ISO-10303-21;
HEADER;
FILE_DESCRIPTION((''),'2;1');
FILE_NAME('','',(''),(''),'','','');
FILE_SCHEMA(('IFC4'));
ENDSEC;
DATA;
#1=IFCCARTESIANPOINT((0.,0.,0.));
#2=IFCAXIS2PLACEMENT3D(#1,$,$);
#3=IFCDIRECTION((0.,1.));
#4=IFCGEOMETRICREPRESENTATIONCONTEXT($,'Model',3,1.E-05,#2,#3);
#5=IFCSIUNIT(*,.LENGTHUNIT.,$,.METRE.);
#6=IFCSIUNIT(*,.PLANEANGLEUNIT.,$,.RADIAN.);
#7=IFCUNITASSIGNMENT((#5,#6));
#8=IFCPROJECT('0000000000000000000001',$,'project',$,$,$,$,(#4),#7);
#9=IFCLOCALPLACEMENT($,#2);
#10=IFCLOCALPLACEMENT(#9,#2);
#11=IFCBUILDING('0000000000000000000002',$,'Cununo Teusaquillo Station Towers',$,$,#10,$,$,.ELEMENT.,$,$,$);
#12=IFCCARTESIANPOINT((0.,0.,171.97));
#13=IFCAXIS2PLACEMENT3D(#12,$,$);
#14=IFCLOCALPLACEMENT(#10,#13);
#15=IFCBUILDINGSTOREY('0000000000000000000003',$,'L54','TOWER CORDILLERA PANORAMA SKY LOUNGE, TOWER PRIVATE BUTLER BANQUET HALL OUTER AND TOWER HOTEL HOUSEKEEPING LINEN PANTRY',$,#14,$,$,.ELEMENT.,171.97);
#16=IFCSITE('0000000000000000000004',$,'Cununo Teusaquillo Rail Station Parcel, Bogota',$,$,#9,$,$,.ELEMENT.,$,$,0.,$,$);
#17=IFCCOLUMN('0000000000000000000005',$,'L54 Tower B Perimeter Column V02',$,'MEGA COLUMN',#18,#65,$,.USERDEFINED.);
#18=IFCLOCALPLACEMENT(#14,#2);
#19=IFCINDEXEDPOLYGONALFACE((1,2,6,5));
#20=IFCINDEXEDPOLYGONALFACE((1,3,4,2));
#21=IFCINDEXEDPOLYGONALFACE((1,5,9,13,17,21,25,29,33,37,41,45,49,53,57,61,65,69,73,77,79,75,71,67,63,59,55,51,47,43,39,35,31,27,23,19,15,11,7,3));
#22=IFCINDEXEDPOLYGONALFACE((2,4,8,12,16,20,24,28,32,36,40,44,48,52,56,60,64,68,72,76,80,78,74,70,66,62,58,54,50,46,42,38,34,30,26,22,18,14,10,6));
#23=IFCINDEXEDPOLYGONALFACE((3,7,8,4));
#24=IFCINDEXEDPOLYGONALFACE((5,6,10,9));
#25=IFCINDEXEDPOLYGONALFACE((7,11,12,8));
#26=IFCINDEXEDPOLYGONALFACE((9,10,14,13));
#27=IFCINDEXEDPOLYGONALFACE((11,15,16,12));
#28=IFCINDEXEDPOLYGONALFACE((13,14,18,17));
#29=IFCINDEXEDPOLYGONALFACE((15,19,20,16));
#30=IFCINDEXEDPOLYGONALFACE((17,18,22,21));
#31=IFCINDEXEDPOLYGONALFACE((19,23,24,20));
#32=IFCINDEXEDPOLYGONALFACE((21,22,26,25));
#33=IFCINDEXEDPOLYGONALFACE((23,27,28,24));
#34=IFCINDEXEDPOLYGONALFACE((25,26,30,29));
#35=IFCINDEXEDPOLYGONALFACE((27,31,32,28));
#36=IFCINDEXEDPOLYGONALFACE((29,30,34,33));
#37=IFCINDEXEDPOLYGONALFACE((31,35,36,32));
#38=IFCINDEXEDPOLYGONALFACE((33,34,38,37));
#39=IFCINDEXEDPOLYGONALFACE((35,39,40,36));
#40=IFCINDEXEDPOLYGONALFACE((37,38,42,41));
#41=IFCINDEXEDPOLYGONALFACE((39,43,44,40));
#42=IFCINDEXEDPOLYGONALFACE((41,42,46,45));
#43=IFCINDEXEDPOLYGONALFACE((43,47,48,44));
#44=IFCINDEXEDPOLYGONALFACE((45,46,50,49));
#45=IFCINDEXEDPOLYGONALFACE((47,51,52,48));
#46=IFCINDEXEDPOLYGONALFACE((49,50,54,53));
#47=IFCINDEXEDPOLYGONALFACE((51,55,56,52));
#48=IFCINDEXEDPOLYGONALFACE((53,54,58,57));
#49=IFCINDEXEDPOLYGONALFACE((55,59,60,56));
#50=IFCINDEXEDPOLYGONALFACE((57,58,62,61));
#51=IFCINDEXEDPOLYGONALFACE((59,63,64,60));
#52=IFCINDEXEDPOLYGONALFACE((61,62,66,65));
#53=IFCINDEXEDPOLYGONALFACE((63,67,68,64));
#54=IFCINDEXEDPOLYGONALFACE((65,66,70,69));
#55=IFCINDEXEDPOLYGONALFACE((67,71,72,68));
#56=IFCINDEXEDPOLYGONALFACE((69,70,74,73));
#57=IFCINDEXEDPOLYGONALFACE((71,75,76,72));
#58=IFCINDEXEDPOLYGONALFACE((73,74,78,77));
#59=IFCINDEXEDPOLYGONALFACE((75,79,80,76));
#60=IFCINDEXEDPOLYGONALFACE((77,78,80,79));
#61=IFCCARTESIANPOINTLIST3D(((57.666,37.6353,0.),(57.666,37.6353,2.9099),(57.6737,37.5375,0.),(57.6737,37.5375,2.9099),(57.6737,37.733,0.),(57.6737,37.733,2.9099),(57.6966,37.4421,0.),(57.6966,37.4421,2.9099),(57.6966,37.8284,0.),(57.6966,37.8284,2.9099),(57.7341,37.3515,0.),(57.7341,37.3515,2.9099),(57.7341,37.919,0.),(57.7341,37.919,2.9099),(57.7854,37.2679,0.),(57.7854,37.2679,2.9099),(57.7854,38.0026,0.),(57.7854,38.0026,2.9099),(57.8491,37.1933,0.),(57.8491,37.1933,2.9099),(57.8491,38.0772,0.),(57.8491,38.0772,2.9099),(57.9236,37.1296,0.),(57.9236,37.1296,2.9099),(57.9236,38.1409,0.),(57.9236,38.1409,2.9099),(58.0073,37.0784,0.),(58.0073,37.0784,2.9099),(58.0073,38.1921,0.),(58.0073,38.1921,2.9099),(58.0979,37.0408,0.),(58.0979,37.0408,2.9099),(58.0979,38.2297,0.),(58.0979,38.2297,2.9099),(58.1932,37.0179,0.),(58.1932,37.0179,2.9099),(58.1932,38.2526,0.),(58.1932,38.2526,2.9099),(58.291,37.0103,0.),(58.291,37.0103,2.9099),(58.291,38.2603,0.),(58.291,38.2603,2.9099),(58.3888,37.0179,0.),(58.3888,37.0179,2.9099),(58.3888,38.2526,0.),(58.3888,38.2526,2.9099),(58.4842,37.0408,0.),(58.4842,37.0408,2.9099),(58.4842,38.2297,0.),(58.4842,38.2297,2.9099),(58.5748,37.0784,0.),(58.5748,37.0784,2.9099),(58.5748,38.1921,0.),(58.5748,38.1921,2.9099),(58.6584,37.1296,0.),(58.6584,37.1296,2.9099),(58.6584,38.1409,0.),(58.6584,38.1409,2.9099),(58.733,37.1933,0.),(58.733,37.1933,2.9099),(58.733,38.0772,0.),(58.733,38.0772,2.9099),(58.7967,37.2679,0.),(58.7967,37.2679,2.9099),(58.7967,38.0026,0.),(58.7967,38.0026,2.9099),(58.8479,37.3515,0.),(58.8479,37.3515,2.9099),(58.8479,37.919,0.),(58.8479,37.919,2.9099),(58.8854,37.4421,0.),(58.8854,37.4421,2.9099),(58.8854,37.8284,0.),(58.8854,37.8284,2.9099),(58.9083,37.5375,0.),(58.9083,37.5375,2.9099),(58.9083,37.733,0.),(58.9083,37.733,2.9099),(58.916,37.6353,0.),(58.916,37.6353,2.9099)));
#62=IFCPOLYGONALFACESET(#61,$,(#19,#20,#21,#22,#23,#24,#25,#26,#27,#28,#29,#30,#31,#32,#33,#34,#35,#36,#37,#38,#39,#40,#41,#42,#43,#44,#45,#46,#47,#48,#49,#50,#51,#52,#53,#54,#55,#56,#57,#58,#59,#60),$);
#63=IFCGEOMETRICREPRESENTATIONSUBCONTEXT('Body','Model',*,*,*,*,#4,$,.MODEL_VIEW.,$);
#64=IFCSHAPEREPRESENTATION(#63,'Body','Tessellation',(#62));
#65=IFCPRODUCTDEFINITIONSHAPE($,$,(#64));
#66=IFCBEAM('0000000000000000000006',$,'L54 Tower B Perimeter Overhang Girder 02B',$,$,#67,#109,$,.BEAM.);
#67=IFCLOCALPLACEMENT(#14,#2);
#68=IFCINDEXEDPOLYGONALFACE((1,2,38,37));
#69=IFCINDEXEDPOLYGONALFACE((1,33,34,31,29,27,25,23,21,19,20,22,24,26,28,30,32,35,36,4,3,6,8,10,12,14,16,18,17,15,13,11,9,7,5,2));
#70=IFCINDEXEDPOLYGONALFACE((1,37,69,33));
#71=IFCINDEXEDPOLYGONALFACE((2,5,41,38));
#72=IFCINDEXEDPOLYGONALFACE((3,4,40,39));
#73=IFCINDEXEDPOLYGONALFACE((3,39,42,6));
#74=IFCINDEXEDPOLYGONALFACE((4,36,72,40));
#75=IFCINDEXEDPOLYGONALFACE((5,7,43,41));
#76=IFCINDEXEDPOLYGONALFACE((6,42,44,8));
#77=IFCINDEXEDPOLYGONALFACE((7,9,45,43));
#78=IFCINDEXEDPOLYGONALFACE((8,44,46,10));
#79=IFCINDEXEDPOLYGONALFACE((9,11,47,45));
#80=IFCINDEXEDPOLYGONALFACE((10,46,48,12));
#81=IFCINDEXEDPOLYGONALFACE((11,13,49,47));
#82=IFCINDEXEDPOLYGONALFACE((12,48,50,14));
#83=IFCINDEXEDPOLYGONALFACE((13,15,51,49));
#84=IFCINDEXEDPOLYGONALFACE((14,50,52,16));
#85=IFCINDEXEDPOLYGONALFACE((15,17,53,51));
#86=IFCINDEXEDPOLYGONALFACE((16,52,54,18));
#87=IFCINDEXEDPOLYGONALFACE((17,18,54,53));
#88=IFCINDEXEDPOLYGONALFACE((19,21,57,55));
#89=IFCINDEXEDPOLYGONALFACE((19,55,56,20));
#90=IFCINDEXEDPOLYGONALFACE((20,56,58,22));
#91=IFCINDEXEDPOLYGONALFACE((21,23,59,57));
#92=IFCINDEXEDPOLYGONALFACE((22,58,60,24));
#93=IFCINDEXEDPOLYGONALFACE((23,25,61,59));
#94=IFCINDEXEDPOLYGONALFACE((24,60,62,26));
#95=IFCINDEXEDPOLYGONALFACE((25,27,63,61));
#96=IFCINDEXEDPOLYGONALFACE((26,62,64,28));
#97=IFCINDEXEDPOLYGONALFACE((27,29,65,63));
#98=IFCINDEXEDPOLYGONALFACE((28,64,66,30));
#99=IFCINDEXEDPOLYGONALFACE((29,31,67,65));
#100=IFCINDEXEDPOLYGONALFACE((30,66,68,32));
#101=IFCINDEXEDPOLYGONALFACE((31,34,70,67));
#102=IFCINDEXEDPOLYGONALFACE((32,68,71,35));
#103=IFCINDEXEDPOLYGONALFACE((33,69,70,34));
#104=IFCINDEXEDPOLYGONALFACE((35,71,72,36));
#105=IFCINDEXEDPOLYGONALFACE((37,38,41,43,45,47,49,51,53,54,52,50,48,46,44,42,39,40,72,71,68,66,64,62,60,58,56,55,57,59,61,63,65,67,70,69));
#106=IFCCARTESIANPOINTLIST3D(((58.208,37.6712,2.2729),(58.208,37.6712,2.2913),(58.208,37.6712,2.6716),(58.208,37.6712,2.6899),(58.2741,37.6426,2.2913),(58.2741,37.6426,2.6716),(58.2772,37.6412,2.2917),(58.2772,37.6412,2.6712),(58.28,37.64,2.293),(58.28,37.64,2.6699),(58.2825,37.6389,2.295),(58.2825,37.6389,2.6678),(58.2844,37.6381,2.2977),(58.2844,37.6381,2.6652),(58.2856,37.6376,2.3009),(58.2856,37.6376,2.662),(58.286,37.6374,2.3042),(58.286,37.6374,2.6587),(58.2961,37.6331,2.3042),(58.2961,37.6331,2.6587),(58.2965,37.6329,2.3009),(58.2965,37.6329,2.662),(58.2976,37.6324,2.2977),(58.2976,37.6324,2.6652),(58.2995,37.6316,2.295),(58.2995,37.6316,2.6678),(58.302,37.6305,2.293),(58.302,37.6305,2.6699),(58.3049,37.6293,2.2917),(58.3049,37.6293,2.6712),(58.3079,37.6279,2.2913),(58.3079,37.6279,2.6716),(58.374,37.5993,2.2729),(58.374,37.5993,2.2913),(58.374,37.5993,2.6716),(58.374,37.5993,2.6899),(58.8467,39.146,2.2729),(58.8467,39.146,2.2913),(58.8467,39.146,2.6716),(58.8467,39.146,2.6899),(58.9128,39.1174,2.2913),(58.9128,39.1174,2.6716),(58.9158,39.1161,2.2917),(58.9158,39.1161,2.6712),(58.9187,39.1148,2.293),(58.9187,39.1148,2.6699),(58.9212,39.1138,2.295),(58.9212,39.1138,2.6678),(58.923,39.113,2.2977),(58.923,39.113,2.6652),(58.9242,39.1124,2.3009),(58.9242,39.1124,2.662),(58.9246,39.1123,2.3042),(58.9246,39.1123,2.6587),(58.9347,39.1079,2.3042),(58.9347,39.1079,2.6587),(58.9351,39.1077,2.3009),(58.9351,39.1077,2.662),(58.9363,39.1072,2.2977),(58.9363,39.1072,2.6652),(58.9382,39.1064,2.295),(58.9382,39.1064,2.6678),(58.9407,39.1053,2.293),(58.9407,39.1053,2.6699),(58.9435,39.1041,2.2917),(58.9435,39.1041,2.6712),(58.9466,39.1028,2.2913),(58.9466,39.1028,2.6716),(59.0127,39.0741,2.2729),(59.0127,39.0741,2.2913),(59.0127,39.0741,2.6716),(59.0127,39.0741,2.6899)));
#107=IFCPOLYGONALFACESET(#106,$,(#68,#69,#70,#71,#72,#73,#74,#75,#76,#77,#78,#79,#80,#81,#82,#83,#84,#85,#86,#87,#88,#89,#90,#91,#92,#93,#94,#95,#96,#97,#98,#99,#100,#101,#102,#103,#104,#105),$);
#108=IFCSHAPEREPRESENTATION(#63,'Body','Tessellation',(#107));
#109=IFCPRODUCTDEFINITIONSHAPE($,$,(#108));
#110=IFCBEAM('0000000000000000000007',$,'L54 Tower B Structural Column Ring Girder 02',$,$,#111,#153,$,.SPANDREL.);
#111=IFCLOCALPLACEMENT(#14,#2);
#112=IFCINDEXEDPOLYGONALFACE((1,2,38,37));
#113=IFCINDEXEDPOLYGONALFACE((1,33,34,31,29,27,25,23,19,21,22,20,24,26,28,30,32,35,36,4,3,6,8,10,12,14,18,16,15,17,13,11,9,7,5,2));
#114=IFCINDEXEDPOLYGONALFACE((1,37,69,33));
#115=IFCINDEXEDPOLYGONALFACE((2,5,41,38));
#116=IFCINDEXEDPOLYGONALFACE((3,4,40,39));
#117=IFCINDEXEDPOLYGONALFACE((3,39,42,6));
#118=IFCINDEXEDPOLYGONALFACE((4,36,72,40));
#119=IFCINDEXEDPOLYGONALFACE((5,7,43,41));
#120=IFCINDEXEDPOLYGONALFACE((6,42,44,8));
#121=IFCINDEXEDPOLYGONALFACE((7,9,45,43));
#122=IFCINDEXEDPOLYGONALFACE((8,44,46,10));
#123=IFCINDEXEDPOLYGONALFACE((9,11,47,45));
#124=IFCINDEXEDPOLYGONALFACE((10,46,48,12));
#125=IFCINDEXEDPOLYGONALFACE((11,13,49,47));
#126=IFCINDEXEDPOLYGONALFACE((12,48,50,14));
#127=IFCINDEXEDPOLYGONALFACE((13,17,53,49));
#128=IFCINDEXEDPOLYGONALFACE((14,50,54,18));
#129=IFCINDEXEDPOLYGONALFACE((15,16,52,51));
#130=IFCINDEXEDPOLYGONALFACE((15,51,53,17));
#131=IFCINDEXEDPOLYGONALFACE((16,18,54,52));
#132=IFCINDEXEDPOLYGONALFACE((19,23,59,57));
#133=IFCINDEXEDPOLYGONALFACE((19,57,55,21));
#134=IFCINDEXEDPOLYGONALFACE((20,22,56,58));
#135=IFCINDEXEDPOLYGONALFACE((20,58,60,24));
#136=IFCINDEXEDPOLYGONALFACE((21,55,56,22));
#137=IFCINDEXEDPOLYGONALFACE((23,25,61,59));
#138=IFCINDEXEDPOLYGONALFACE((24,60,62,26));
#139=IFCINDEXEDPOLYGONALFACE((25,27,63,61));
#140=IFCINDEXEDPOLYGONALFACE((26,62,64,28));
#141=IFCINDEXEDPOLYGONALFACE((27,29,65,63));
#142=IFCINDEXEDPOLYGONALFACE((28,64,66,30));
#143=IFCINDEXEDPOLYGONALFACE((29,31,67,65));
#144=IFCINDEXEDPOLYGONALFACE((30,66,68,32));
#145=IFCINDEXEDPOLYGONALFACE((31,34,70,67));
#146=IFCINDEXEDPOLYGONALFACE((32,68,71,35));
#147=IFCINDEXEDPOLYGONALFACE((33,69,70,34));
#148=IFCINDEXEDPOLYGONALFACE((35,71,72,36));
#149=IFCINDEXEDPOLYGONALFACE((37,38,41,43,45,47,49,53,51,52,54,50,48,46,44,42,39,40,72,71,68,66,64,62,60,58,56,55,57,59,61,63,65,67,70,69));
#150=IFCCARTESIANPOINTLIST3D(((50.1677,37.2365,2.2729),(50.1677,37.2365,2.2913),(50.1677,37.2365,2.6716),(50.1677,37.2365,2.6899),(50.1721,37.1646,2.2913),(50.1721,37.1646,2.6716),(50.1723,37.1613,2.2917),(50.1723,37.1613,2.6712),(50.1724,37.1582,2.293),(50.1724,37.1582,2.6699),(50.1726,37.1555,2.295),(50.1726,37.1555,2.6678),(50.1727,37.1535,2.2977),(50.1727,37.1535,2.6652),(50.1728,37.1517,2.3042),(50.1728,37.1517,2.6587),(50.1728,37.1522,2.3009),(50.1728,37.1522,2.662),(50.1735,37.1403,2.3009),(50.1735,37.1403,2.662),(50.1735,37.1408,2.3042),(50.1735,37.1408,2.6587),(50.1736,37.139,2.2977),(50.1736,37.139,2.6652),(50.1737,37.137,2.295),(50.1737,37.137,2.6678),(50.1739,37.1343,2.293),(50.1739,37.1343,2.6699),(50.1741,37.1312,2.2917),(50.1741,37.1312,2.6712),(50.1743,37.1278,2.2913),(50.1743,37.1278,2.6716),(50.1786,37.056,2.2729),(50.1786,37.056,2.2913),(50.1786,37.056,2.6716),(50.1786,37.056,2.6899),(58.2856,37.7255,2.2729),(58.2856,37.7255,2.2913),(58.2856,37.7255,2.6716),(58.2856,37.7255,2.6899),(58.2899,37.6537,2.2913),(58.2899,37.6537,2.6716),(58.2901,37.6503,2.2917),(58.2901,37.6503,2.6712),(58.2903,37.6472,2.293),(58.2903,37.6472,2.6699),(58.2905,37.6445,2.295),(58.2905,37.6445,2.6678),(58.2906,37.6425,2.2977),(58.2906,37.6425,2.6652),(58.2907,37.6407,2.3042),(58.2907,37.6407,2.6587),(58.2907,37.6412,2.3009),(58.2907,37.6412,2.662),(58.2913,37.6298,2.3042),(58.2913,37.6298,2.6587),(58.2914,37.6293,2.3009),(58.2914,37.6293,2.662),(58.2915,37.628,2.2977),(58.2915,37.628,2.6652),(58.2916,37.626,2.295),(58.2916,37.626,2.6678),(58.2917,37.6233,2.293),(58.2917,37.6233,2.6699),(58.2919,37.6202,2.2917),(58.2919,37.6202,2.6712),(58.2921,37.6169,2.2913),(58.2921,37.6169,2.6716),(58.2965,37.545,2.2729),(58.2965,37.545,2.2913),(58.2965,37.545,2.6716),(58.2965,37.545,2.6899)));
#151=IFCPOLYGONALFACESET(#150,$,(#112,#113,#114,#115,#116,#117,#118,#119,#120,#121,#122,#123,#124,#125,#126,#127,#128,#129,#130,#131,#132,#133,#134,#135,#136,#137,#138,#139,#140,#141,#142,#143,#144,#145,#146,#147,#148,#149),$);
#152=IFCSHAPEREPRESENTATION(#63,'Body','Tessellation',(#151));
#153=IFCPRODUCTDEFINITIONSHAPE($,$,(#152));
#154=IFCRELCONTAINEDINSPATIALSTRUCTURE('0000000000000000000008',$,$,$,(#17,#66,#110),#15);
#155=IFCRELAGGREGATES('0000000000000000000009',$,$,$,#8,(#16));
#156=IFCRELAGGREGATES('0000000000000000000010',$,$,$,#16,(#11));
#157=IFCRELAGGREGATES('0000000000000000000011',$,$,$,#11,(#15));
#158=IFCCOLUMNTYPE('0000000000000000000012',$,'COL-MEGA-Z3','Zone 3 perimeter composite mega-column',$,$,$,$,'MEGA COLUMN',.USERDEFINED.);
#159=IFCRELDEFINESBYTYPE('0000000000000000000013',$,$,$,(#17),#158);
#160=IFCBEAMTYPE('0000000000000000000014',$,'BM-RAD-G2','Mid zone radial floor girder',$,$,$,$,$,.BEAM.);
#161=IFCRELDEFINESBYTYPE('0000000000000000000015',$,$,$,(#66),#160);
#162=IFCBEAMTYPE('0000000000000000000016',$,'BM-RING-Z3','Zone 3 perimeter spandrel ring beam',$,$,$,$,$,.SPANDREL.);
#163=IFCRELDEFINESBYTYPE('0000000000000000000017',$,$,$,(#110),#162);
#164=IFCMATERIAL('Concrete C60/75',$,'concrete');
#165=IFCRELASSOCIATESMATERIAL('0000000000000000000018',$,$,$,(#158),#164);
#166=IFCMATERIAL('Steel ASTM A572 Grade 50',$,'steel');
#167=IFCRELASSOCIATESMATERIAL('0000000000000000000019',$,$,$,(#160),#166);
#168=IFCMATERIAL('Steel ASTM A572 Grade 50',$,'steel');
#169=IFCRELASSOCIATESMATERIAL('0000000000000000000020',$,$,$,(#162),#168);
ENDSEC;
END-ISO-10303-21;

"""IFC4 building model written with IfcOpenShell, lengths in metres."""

from ifc_helpers import new_model, si_unit, direction, frame, origin, origin_2d, place, context, subcontext, project, spatial, circle, i_section, extrude, material, material_profile, profile_set, type_object, element, save


model = new_model("IFC4")

# Units and contexts
model_context = context("Model", 3, precision=1e-05, world=origin(), true_north=direction((0.0, 1.0)))
body_context = subcontext(model_context, "Body", "Model", "MODEL_VIEW")
ifc_project = project(units=[si_unit("LENGTHUNIT", "METRE"), si_unit("PLANEANGLEUNIT", "RADIAN")], contexts=[model_context])

# Site, building, storey
site_placement = place(None, origin())
site = spatial("IfcSite", under=ifc_project, at=site_placement, Name="Cununo Teusaquillo Rail Station Parcel, Bogota", CompositionType="ELEMENT", RefElevation=0.0)
building_placement = place(site_placement, origin())
building = spatial("IfcBuilding", under=site, at=building_placement, Name="Cununo Teusaquillo Station Towers", CompositionType="ELEMENT")
storey_placement = place(building_placement, frame((0.0, 0.0, 171.97)))
storey = spatial("IfcBuildingStorey", under=building, at=storey_placement, Name="L54", Description="TOWER CORDILLERA PANORAMA SKY LOUNGE, TOWER PRIVATE BUTLER BANQUET HALL OUTER AND TOWER HOTEL HOUSEKEEPING LINEN PANTRY", CompositionType="ELEMENT", Elevation=171.97)

# Column
ifc_material_1 = material(Name="Concrete C60/75", Category="concrete")
ifc_material_profile_1 = material_profile(ifc_material_1, circle(Radius=0.625, at=origin_2d()), Name="RC-CIRC-1250")
ifc_profile_set_1 = profile_set([ifc_material_profile_1], Name="Concrete C60/75")
column_type = type_object("IfcColumnType", Name="COL-MEGA-Z3", Description="Zone 3 perimeter composite mega-column", ElementType="MEGA COLUMN", PredefinedType="USERDEFINED", material=ifc_profile_set_1)
column_placement = place(storey_placement, frame((58.291, 37.6353, 0.0), z_axis=(0.0, 0.0, 1.0), x_axis=(1.0, 0.0, 0.0)))
element("IfcColumn", 1, at=column_placement, inside=storey, type_object=column_type, Name="L54 Tower B Perimeter Column V02", ObjectType="MEGA COLUMN", PredefinedType="USERDEFINED", context=body_context, shape_type="SweptSolid", body=[
    extrude(circle(Radius=0.625, at=origin_2d()), origin(), (0.0, 0.0, 1.0), 2.9099),
])

# Beams
ifc_material_2 = material(Name="Steel ASTM A572 Grade 50", Category="steel")
ifc_material_profile_2 = material_profile(ifc_material_2, i_section(OverallWidth=0.1809, OverallDepth=0.417, WebThickness=0.011, FlangeThickness=0.0183, FilletRadius=0.0129, at=origin_2d()), Name="W16X57")
ifc_profile_set_2 = profile_set([ifc_material_profile_2], Name="Steel ASTM A572 Grade 50")
beam_type_1 = type_object("IfcBeamType", Name="BM-RAD-G2", Description="Mid zone radial floor girder", PredefinedType="BEAM", material=ifc_profile_set_2)
beam_1_placement = place(storey_placement, frame((58.291, 37.6353, 2.4814), z_axis=(0.397381, 0.917654, 0.0), x_axis=(-0.917654, 0.397381, 0.0)))
element("IfcBeam", 2, at=beam_1_placement, inside=storey, type_object=beam_type_1, Name="L54 Tower B Perimeter Overhang Girder 02B", PredefinedType="BEAM", context=body_context, shape_type="SweptSolid", body=[
    extrude(i_section(OverallWidth=0.1809, OverallDepth=0.417, WebThickness=0.011, FlangeThickness=0.0183, FilletRadius=0.0129, at=origin_2d()), origin(), (0.0, 0.0, 1.0), 1.6072),
])
ifc_material_3 = material(Name="Steel ASTM A572 Grade 50", Category="steel")
ifc_material_profile_3 = material_profile(ifc_material_3, i_section(OverallWidth=0.1809, OverallDepth=0.417, WebThickness=0.011, FlangeThickness=0.0183, FilletRadius=0.0129, at=origin_2d()), Name="W16X57")
ifc_profile_set_3 = profile_set([ifc_material_profile_3], Name="Steel ASTM A572 Grade 50")
beam_type_2 = type_object("IfcBeamType", Name="BM-RING-Z3", Description="Zone 3 perimeter spandrel ring beam", PredefinedType="SPANDREL", material=ifc_profile_set_3)
beam_2_placement = place(storey_placement, frame((58.291, 37.6353, 2.4814), z_axis=(-0.998191, -0.06013, 0.0), x_axis=(0.06013, -0.998191, 0.0)))
element("IfcBeam", 3, at=beam_2_placement, inside=storey, type_object=beam_type_2, Name="L54 Tower B Structural Column Ring Girder 02", PredefinedType="SPANDREL", context=body_context, shape_type="SweptSolid", body=[
    extrude(i_section(OverallWidth=0.1809, OverallDepth=0.417, WebThickness=0.011, FlangeThickness=0.0183, FilletRadius=0.0129, at=origin_2d()), origin(), (0.0, 0.0, 1.0), 8.1326),
])

save(model, "model.ifc")
